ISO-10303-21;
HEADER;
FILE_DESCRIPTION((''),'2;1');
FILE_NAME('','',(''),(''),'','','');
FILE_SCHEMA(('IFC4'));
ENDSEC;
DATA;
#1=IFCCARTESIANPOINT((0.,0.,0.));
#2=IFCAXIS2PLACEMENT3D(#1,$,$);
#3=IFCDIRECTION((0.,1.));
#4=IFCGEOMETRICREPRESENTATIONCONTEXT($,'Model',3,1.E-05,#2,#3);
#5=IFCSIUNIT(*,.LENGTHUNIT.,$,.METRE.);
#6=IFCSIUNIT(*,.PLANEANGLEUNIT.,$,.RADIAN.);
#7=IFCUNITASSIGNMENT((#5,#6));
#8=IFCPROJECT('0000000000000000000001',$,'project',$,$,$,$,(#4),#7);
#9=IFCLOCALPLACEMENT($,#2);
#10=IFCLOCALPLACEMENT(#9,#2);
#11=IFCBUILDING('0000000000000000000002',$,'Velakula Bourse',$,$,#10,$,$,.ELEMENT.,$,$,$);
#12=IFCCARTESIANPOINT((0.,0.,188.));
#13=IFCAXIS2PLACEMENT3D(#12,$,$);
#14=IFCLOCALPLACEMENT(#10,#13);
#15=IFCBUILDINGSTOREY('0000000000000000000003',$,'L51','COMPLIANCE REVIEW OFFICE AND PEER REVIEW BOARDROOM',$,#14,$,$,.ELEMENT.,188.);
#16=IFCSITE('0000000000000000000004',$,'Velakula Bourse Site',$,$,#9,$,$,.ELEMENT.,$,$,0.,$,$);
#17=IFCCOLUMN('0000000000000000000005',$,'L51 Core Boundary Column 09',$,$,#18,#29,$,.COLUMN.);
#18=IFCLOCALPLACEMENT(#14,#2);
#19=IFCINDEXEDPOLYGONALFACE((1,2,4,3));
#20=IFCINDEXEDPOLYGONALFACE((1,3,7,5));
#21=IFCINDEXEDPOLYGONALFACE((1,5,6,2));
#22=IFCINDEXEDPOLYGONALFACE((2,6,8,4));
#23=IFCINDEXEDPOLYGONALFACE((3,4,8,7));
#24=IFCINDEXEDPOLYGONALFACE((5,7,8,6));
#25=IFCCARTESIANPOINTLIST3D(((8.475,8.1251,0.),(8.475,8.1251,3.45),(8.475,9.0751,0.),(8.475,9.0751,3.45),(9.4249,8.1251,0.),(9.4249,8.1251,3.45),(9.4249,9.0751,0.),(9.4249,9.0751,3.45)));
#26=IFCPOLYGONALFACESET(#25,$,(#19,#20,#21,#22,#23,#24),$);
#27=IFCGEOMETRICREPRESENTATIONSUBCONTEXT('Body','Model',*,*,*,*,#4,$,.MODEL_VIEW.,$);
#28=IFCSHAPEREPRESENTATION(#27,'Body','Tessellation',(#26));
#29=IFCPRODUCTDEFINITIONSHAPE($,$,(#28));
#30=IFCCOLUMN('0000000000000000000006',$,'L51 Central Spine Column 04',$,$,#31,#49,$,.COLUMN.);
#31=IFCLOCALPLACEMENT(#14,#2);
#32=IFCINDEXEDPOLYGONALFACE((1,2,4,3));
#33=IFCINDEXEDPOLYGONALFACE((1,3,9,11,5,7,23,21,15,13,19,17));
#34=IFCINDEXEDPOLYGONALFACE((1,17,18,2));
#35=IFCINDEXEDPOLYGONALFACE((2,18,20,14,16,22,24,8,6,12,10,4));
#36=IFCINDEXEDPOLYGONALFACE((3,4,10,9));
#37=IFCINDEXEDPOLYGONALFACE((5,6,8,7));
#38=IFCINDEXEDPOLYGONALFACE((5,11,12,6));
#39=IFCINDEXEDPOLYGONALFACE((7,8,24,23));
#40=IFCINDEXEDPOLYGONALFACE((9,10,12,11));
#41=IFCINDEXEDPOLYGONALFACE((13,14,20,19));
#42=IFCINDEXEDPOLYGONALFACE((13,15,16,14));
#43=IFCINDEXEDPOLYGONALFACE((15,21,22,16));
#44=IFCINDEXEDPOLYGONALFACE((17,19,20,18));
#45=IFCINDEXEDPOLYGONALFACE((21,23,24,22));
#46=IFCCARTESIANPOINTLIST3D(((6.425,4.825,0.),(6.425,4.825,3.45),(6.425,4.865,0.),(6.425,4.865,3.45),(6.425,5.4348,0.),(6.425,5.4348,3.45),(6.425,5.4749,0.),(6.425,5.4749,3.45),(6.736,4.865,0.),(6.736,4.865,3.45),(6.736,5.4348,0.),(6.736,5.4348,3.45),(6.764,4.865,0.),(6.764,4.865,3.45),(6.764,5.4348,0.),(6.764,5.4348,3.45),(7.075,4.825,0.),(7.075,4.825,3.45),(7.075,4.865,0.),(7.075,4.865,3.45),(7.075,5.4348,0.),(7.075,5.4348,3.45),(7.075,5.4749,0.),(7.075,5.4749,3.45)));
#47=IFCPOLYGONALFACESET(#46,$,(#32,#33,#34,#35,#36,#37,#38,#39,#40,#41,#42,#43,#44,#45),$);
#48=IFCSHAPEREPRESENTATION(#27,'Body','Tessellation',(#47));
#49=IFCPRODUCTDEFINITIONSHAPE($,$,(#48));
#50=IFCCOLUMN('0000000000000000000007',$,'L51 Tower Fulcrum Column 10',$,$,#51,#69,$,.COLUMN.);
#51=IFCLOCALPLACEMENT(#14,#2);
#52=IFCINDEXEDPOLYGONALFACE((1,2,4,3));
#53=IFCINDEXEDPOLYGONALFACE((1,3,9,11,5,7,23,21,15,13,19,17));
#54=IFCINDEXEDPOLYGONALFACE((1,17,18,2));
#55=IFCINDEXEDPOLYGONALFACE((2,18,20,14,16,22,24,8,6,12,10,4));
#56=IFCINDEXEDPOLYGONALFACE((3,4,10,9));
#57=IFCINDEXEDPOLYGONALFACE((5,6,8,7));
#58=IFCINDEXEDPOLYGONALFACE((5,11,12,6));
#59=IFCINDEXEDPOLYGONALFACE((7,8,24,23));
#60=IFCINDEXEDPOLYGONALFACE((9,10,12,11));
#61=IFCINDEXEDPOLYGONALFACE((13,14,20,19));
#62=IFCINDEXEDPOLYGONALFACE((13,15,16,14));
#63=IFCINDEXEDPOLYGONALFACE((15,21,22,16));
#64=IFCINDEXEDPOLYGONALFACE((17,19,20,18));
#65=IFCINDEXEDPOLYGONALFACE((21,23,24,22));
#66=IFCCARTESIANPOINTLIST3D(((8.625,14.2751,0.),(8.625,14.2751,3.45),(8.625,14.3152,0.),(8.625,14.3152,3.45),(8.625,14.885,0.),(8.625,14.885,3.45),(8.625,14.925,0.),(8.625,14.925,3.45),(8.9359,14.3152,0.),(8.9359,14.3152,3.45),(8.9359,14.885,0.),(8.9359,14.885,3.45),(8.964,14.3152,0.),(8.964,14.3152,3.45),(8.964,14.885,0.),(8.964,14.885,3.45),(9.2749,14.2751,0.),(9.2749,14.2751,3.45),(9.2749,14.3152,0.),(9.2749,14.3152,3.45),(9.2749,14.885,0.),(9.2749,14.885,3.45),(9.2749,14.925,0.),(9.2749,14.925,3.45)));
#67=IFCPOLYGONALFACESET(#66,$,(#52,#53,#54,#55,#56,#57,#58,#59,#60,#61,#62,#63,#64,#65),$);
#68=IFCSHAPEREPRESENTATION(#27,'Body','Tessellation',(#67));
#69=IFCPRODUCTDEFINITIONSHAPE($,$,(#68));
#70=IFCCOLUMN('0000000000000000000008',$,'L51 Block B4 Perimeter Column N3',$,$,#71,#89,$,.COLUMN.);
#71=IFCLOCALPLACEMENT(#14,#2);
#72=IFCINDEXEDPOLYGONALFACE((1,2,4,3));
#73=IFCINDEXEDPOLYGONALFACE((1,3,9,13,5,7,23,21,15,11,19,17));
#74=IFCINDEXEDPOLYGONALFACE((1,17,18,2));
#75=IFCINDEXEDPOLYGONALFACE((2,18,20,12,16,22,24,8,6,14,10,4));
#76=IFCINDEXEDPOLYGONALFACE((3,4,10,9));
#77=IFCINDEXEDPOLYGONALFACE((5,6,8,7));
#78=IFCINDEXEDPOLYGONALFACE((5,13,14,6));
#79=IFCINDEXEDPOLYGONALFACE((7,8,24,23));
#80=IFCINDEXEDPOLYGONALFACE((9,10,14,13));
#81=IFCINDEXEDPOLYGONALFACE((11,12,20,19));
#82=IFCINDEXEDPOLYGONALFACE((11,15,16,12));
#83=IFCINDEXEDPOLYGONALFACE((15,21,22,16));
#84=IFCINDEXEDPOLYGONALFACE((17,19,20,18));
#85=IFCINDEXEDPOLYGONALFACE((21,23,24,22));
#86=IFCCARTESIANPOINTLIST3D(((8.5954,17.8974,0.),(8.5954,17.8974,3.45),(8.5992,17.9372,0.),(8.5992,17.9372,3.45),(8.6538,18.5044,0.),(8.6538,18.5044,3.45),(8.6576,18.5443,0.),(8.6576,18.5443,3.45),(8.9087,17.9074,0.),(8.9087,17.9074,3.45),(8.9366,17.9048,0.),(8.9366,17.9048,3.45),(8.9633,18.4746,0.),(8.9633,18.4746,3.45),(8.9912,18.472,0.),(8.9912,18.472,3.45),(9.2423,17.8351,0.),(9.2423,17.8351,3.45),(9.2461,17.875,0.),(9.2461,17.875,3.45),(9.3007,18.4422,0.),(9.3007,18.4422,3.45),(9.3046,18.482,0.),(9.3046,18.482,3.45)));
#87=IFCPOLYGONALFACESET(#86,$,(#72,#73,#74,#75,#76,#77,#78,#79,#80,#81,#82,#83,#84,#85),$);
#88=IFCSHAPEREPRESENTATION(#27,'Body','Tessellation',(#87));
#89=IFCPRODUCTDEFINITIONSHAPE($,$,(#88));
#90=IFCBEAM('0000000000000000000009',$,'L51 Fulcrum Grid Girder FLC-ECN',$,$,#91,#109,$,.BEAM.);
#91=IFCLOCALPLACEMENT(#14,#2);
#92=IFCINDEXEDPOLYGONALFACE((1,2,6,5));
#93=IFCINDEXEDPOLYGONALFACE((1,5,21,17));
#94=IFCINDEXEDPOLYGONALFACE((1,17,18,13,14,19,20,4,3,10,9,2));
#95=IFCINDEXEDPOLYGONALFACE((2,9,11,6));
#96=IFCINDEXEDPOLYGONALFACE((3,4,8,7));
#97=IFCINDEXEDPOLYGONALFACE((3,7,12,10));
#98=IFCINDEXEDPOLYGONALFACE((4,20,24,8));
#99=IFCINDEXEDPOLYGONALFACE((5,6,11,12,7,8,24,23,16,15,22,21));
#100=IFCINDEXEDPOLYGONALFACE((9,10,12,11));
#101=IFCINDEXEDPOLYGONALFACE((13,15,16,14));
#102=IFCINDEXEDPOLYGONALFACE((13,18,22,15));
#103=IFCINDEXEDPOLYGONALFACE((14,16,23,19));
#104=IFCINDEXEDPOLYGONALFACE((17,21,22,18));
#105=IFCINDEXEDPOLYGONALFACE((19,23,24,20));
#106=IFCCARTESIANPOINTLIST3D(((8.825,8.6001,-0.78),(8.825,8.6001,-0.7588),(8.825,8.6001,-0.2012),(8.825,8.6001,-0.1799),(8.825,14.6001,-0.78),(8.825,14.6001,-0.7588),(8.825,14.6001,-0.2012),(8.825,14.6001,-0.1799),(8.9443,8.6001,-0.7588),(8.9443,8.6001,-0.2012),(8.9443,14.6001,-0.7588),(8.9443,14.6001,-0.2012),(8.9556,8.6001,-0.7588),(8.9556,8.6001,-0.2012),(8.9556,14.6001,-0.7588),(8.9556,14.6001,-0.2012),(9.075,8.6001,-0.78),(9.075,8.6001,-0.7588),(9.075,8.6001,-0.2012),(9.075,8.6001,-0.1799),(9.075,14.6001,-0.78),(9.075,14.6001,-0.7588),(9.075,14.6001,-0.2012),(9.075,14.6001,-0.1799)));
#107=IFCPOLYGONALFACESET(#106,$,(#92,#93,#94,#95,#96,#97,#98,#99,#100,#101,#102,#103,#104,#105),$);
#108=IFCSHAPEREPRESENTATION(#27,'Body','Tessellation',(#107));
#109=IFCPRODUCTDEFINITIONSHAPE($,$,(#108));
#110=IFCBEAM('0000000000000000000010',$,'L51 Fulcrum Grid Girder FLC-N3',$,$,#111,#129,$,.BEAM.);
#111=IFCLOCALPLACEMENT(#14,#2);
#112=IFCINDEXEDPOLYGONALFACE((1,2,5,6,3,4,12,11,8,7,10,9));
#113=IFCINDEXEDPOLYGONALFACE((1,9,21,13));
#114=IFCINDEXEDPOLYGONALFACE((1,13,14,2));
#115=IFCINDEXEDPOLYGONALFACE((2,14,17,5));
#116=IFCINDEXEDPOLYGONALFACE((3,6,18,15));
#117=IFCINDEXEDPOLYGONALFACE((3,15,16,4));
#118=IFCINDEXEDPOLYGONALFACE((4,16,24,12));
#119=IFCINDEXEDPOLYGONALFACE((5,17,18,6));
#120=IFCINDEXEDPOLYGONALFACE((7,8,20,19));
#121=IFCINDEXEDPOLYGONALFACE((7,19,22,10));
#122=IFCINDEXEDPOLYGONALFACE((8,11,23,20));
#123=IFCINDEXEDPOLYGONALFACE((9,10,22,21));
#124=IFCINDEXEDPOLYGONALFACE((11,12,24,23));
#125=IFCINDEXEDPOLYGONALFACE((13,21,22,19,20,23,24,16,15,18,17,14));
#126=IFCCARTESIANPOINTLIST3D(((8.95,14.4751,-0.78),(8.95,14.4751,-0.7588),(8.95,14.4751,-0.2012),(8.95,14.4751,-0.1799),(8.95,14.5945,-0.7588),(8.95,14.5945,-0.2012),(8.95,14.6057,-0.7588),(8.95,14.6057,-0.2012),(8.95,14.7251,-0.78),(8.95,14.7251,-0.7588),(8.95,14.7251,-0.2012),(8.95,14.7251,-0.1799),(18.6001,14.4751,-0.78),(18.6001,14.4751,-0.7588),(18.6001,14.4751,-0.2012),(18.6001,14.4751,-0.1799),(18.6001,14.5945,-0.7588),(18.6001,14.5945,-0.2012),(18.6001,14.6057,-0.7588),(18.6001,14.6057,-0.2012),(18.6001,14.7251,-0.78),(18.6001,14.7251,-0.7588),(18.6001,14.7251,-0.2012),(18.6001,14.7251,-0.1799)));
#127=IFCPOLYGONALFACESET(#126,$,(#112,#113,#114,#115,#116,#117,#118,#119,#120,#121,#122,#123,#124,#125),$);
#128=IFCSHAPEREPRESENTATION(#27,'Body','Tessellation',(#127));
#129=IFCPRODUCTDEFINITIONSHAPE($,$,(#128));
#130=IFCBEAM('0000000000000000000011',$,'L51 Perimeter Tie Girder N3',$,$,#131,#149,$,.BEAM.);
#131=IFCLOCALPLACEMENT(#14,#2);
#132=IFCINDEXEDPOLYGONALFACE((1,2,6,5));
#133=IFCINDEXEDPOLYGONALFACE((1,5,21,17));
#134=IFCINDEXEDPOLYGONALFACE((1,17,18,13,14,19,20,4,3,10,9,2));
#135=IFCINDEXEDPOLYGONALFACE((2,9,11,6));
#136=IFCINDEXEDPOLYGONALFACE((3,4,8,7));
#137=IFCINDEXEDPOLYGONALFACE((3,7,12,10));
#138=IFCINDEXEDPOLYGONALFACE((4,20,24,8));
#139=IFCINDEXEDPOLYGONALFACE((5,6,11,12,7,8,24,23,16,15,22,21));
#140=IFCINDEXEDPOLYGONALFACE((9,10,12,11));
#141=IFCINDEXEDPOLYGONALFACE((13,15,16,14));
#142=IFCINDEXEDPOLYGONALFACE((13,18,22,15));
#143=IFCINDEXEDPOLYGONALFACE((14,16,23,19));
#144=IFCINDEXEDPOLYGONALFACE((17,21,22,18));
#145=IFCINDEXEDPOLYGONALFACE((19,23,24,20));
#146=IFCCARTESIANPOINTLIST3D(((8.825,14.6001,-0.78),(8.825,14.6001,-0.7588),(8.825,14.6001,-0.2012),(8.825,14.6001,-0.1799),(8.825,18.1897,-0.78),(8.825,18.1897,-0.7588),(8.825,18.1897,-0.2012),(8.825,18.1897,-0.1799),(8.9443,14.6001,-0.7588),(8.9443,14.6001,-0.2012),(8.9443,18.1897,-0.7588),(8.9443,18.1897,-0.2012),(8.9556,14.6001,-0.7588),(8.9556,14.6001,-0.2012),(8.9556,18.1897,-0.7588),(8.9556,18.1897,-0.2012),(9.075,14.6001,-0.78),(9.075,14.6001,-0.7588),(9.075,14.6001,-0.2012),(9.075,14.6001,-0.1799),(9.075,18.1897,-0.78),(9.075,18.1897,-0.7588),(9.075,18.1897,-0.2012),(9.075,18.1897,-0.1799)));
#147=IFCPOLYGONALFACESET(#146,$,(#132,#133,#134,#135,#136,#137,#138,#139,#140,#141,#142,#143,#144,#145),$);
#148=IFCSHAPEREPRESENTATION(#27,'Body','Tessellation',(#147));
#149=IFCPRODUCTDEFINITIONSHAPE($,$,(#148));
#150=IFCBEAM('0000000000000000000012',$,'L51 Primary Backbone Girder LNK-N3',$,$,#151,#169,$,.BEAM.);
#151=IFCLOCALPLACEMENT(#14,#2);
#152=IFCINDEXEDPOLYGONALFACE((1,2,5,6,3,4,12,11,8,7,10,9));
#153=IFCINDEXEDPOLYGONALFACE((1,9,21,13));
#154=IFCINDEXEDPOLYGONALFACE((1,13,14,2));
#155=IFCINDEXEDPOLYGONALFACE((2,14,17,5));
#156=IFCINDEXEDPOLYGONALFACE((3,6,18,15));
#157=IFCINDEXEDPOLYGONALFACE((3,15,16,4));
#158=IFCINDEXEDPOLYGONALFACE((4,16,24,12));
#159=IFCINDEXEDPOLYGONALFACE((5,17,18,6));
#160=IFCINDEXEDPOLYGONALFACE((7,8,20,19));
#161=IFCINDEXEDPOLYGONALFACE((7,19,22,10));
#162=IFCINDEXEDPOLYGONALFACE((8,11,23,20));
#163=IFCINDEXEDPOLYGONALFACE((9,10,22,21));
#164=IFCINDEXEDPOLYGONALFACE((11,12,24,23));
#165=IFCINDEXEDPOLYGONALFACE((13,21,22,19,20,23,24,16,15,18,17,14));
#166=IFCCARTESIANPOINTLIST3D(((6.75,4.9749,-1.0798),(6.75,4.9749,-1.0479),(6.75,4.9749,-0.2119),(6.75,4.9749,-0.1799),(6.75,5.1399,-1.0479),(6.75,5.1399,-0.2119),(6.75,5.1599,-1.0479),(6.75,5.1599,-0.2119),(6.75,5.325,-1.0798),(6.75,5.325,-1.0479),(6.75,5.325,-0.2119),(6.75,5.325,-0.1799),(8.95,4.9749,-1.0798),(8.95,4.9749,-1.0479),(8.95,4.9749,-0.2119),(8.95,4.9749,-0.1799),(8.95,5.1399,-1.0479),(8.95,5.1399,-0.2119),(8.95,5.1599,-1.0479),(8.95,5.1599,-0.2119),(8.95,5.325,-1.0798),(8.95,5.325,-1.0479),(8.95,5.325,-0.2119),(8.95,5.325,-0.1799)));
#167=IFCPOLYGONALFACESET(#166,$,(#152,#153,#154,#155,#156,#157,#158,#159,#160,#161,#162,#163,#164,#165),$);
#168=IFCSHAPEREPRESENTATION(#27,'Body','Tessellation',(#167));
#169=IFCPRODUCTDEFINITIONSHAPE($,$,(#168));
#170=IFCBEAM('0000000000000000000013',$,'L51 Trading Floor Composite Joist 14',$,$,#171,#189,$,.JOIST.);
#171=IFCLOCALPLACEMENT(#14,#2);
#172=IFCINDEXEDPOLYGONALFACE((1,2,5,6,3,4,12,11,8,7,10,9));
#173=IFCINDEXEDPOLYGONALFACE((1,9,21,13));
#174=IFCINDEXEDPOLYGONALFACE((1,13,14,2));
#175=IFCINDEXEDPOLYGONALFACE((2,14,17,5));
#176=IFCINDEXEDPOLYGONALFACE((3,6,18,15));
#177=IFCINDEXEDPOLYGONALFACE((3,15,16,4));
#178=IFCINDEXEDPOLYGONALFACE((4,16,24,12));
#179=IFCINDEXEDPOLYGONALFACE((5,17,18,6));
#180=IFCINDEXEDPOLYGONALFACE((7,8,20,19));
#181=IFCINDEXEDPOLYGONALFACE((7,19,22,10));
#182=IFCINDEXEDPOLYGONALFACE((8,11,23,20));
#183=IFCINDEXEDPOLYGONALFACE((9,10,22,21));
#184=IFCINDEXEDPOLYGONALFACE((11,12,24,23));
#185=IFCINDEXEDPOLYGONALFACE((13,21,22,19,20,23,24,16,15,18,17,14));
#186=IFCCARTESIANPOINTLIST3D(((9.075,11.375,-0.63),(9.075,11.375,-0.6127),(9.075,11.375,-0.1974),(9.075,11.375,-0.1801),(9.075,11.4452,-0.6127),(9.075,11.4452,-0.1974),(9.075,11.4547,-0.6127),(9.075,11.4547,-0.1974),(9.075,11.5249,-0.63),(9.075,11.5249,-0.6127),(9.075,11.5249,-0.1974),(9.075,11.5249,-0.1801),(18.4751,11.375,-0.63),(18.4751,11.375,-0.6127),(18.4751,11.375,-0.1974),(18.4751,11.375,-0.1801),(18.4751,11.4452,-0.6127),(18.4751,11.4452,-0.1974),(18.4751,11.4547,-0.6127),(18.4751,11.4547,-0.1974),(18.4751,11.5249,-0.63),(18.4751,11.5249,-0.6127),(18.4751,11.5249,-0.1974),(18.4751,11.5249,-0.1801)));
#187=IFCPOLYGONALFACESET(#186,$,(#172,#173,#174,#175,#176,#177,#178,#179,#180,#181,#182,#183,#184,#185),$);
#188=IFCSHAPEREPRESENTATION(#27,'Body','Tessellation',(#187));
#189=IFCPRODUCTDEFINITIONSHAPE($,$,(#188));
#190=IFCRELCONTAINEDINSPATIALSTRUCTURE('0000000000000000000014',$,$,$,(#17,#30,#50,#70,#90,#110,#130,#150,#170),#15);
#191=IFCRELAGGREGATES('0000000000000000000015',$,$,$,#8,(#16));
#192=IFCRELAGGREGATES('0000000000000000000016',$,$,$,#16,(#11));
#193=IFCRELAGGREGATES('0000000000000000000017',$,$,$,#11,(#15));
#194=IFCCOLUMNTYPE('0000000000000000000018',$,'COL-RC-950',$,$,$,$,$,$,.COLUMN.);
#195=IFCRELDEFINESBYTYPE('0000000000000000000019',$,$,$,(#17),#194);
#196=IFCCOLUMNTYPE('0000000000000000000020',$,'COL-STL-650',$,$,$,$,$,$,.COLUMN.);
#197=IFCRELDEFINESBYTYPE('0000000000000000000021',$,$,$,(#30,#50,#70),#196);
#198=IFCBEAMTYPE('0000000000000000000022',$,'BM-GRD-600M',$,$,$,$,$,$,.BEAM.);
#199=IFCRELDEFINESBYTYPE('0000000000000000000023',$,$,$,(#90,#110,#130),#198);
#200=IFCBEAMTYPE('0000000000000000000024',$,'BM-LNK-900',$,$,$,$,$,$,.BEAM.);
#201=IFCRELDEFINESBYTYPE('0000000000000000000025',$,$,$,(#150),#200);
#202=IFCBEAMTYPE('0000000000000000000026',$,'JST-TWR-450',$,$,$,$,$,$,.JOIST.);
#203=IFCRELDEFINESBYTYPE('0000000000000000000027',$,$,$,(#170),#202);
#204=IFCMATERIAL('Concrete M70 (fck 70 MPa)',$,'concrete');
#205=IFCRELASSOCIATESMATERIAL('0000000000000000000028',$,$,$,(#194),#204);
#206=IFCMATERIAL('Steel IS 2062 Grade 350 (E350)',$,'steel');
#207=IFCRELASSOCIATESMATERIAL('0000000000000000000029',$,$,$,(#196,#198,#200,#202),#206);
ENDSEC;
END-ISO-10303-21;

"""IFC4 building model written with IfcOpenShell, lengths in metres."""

from ifc_helpers import new_model, si_unit, direction, frame, origin, origin_2d, place, context, subcontext, project, spatial, rectangle, i_section, extrude, material, material_profile, profile_set, type_object, element, save


model = new_model("IFC4")

# Units and contexts
model_context = context("Model", 3, precision=1e-05, world=origin(), true_north=direction((0.0, 1.0)))
body_context = subcontext(model_context, "Body", "Model", "MODEL_VIEW")
ifc_project = project(units=[si_unit("LENGTHUNIT", "METRE"), si_unit("PLANEANGLEUNIT", "RADIAN")], contexts=[model_context])

# Site, building, storey
site_placement = place(None, origin())
site = spatial("IfcSite", under=ifc_project, at=site_placement, Name="Velakula Bourse Site", CompositionType="ELEMENT", RefElevation=0.0)
building_placement = place(site_placement, origin())
building = spatial("IfcBuilding", under=site, at=building_placement, Name="Velakula Bourse", CompositionType="ELEMENT")
storey_placement = place(building_placement, frame((0.0, 0.0, 188.0)))
storey = spatial("IfcBuildingStorey", under=building, at=storey_placement, Name="L51", Description="COMPLIANCE REVIEW OFFICE AND PEER REVIEW BOARDROOM", CompositionType="ELEMENT", Elevation=188.0)

# Columns
ifc_material_1 = material(Name="Concrete M70 (fck 70 MPa)", Category="concrete")
ifc_material_profile_1 = material_profile(ifc_material_1, rectangle(XDim=0.95, YDim=0.95, at=origin_2d()), Name="Concrete M70 (fck 70 MPa)")
ifc_profile_set_1 = profile_set([ifc_material_profile_1], Name="Concrete M70 (fck 70 MPa)")
column_type_1 = type_object("IfcColumnType", Name="COL-RC-950", PredefinedType="COLUMN", material=ifc_profile_set_1)
column_placement = place(storey_placement, frame((8.95, 8.6001, 0.0), z_axis=(0.0, 0.0, 1.0), x_axis=(1.0, 0.0, 0.0)))
element("IfcColumn", 1, at=column_placement, inside=storey, type_object=column_type_1, Name="L51 Core Boundary Column 09", PredefinedType="COLUMN", context=body_context, shape_type="SweptSolid", body=[
    extrude(rectangle(XDim=0.95, YDim=0.95, at=origin_2d()), origin(), (0.0, 0.0, 1.0), 3.45),
])
ifc_material_2 = material(Name="Steel IS 2062 Grade 350 (E350)", Category="steel")
ifc_material_profile_2 = material_profile(ifc_material_2, i_section(OverallWidth=0.6499, OverallDepth=0.6499, WebThickness=0.0281, FlangeThickness=0.04, at=origin_2d()), Name="Steel IS 2062 Grade 350 (E350)")
ifc_profile_set_2 = profile_set([ifc_material_profile_2], Name="Steel IS 2062 Grade 350 (E350)")
column_type_2 = type_object("IfcColumnType", Name="COL-STL-650", PredefinedType="COLUMN", material=ifc_profile_set_2)
for number, where, z_axis, x_axis, name in (
    (2, (6.75, 5.1499, 0.0), (0.0, 0.0, 1.0), (1.0, 0.0, 0.0), "L51 Central Spine Column 04"),
    (3, (8.95, 14.6001, 0.0), (0.0, 0.0, 1.0), (1.0, 0.0, 0.0), "L51 Tower Fulcrum Column 10"),
    (4, (8.95, 18.1897, 0.0), (0.0, 0.0, 1.0), (0.995396, -0.095846, 0.0), "L51 Block B4 Perimeter Column N3"),
):
    element("IfcColumn", number, at=place(storey_placement, frame(where, z_axis=z_axis, x_axis=x_axis)), inside=storey, type_object=column_type_2, Name=name, PredefinedType="COLUMN", context=body_context, shape_type="SweptSolid", body=[
        extrude(i_section(OverallWidth=0.6499, OverallDepth=0.6499, WebThickness=0.0281, FlangeThickness=0.04, at=origin_2d()), origin(), (0.0, 0.0, 1.0), 3.45),
    ])

# Beams
ifc_material_profile_3 = material_profile(ifc_material_2, i_section(OverallWidth=0.25, OverallDepth=0.6001, WebThickness=0.0112, FlangeThickness=0.0212, at=origin_2d()), Name="Steel IS 2062 Grade 350 (E350)")
ifc_profile_set_3 = profile_set([ifc_material_profile_3], Name="Steel IS 2062 Grade 350 (E350)")
beam_type_1 = type_object("IfcBeamType", Name="BM-GRD-600M", PredefinedType="BEAM", material=ifc_profile_set_3)
beam_1_placement = place(storey_placement, frame((8.95, 8.6001, -0.48), z_axis=(0.0, 1.0, 0.0), x_axis=(-1.0, 0.0, 0.0)))
element("IfcBeam", 5, at=beam_1_placement, inside=storey, type_object=beam_type_1, Name="L51 Fulcrum Grid Girder FLC-ECN", PredefinedType="BEAM", context=body_context, shape_type="SweptSolid", body=[
    extrude(i_section(OverallWidth=0.25, OverallDepth=0.6001, WebThickness=0.0112, FlangeThickness=0.0212, at=origin_2d()), origin(), (0.0, 0.0, 1.0), 6.0),
])
beam_2_placement = place(storey_placement, frame((8.95, 14.6001, -0.48), z_axis=(1.0, 0.0, 0.0), x_axis=(0.0, 1.0, 0.0)))
element("IfcBeam", 6, at=beam_2_placement, inside=storey, type_object=beam_type_1, Name="L51 Fulcrum Grid Girder FLC-N3", PredefinedType="BEAM", context=body_context, shape_type="SweptSolid", body=[
    extrude(i_section(OverallWidth=0.25, OverallDepth=0.6001, WebThickness=0.0112, FlangeThickness=0.0212, at=origin_2d()), origin(), (0.0, 0.0, 1.0), 9.6501),
])
beam_3_placement = place(storey_placement, frame((8.95, 14.6001, -0.48), z_axis=(0.0, 1.0, 0.0), x_axis=(-1.0, 0.0, 0.0)))
element("IfcBeam", 7, at=beam_3_placement, inside=storey, type_object=beam_type_1, Name="L51 Perimeter Tie Girder N3", PredefinedType="BEAM", context=body_context, shape_type="SweptSolid", body=[
    extrude(i_section(OverallWidth=0.25, OverallDepth=0.6001, WebThickness=0.0112, FlangeThickness=0.0212, at=origin_2d()), origin(), (0.0, 0.0, 1.0), 3.5896),
])
ifc_material_profile_4 = material_profile(ifc_material_2, i_section(OverallWidth=0.3501, OverallDepth=0.8999, WebThickness=0.02, FlangeThickness=0.032, at=origin_2d()), Name="Steel IS 2062 Grade 350 (E350)")
ifc_profile_set_4 = profile_set([ifc_material_profile_4], Name="Steel IS 2062 Grade 350 (E350)")
beam_type_2 = type_object("IfcBeamType", Name="BM-LNK-900", PredefinedType="BEAM", material=ifc_profile_set_4)
beam_4_placement = place(storey_placement, frame((6.75, 5.1499, -0.6299), z_axis=(1.0, 0.0, 0.0), x_axis=(0.0, 1.0, 0.0)))
element("IfcBeam", 8, at=beam_4_placement, inside=storey, type_object=beam_type_2, Name="L51 Primary Backbone Girder LNK-N3", PredefinedType="BEAM", context=body_context, shape_type="SweptSolid", body=[
    extrude(i_section(OverallWidth=0.3501, OverallDepth=0.8999, WebThickness=0.02, FlangeThickness=0.032, at=origin_2d()), origin(), (0.0, 0.0, 1.0), 2.2),
])
ifc_material_profile_5 = material_profile(ifc_material_2, i_section(OverallWidth=0.1499, OverallDepth=0.45, WebThickness=0.0095, FlangeThickness=0.0173, at=origin_2d()), Name="Steel IS 2062 Grade 350 (E350)")
ifc_profile_set_5 = profile_set([ifc_material_profile_5], Name="Steel IS 2062 Grade 350 (E350)")
beam_type_3 = type_object("IfcBeamType", Name="JST-TWR-450", PredefinedType="JOIST", material=ifc_profile_set_5)
beam_5_placement = place(storey_placement, frame((9.075, 11.45, -0.405), z_axis=(1.0, 0.0, 0.0), x_axis=(0.0, 1.0, 0.0)))
element("IfcBeam", 9, at=beam_5_placement, inside=storey, type_object=beam_type_3, Name="L51 Trading Floor Composite Joist 14", PredefinedType="JOIST", context=body_context, shape_type="SweptSolid", body=[
    extrude(i_section(OverallWidth=0.1499, OverallDepth=0.45, WebThickness=0.0095, FlangeThickness=0.0173, at=origin_2d()), origin(), (0.0, 0.0, 1.0), 9.4001),
])

save(model, "model.ifc")
